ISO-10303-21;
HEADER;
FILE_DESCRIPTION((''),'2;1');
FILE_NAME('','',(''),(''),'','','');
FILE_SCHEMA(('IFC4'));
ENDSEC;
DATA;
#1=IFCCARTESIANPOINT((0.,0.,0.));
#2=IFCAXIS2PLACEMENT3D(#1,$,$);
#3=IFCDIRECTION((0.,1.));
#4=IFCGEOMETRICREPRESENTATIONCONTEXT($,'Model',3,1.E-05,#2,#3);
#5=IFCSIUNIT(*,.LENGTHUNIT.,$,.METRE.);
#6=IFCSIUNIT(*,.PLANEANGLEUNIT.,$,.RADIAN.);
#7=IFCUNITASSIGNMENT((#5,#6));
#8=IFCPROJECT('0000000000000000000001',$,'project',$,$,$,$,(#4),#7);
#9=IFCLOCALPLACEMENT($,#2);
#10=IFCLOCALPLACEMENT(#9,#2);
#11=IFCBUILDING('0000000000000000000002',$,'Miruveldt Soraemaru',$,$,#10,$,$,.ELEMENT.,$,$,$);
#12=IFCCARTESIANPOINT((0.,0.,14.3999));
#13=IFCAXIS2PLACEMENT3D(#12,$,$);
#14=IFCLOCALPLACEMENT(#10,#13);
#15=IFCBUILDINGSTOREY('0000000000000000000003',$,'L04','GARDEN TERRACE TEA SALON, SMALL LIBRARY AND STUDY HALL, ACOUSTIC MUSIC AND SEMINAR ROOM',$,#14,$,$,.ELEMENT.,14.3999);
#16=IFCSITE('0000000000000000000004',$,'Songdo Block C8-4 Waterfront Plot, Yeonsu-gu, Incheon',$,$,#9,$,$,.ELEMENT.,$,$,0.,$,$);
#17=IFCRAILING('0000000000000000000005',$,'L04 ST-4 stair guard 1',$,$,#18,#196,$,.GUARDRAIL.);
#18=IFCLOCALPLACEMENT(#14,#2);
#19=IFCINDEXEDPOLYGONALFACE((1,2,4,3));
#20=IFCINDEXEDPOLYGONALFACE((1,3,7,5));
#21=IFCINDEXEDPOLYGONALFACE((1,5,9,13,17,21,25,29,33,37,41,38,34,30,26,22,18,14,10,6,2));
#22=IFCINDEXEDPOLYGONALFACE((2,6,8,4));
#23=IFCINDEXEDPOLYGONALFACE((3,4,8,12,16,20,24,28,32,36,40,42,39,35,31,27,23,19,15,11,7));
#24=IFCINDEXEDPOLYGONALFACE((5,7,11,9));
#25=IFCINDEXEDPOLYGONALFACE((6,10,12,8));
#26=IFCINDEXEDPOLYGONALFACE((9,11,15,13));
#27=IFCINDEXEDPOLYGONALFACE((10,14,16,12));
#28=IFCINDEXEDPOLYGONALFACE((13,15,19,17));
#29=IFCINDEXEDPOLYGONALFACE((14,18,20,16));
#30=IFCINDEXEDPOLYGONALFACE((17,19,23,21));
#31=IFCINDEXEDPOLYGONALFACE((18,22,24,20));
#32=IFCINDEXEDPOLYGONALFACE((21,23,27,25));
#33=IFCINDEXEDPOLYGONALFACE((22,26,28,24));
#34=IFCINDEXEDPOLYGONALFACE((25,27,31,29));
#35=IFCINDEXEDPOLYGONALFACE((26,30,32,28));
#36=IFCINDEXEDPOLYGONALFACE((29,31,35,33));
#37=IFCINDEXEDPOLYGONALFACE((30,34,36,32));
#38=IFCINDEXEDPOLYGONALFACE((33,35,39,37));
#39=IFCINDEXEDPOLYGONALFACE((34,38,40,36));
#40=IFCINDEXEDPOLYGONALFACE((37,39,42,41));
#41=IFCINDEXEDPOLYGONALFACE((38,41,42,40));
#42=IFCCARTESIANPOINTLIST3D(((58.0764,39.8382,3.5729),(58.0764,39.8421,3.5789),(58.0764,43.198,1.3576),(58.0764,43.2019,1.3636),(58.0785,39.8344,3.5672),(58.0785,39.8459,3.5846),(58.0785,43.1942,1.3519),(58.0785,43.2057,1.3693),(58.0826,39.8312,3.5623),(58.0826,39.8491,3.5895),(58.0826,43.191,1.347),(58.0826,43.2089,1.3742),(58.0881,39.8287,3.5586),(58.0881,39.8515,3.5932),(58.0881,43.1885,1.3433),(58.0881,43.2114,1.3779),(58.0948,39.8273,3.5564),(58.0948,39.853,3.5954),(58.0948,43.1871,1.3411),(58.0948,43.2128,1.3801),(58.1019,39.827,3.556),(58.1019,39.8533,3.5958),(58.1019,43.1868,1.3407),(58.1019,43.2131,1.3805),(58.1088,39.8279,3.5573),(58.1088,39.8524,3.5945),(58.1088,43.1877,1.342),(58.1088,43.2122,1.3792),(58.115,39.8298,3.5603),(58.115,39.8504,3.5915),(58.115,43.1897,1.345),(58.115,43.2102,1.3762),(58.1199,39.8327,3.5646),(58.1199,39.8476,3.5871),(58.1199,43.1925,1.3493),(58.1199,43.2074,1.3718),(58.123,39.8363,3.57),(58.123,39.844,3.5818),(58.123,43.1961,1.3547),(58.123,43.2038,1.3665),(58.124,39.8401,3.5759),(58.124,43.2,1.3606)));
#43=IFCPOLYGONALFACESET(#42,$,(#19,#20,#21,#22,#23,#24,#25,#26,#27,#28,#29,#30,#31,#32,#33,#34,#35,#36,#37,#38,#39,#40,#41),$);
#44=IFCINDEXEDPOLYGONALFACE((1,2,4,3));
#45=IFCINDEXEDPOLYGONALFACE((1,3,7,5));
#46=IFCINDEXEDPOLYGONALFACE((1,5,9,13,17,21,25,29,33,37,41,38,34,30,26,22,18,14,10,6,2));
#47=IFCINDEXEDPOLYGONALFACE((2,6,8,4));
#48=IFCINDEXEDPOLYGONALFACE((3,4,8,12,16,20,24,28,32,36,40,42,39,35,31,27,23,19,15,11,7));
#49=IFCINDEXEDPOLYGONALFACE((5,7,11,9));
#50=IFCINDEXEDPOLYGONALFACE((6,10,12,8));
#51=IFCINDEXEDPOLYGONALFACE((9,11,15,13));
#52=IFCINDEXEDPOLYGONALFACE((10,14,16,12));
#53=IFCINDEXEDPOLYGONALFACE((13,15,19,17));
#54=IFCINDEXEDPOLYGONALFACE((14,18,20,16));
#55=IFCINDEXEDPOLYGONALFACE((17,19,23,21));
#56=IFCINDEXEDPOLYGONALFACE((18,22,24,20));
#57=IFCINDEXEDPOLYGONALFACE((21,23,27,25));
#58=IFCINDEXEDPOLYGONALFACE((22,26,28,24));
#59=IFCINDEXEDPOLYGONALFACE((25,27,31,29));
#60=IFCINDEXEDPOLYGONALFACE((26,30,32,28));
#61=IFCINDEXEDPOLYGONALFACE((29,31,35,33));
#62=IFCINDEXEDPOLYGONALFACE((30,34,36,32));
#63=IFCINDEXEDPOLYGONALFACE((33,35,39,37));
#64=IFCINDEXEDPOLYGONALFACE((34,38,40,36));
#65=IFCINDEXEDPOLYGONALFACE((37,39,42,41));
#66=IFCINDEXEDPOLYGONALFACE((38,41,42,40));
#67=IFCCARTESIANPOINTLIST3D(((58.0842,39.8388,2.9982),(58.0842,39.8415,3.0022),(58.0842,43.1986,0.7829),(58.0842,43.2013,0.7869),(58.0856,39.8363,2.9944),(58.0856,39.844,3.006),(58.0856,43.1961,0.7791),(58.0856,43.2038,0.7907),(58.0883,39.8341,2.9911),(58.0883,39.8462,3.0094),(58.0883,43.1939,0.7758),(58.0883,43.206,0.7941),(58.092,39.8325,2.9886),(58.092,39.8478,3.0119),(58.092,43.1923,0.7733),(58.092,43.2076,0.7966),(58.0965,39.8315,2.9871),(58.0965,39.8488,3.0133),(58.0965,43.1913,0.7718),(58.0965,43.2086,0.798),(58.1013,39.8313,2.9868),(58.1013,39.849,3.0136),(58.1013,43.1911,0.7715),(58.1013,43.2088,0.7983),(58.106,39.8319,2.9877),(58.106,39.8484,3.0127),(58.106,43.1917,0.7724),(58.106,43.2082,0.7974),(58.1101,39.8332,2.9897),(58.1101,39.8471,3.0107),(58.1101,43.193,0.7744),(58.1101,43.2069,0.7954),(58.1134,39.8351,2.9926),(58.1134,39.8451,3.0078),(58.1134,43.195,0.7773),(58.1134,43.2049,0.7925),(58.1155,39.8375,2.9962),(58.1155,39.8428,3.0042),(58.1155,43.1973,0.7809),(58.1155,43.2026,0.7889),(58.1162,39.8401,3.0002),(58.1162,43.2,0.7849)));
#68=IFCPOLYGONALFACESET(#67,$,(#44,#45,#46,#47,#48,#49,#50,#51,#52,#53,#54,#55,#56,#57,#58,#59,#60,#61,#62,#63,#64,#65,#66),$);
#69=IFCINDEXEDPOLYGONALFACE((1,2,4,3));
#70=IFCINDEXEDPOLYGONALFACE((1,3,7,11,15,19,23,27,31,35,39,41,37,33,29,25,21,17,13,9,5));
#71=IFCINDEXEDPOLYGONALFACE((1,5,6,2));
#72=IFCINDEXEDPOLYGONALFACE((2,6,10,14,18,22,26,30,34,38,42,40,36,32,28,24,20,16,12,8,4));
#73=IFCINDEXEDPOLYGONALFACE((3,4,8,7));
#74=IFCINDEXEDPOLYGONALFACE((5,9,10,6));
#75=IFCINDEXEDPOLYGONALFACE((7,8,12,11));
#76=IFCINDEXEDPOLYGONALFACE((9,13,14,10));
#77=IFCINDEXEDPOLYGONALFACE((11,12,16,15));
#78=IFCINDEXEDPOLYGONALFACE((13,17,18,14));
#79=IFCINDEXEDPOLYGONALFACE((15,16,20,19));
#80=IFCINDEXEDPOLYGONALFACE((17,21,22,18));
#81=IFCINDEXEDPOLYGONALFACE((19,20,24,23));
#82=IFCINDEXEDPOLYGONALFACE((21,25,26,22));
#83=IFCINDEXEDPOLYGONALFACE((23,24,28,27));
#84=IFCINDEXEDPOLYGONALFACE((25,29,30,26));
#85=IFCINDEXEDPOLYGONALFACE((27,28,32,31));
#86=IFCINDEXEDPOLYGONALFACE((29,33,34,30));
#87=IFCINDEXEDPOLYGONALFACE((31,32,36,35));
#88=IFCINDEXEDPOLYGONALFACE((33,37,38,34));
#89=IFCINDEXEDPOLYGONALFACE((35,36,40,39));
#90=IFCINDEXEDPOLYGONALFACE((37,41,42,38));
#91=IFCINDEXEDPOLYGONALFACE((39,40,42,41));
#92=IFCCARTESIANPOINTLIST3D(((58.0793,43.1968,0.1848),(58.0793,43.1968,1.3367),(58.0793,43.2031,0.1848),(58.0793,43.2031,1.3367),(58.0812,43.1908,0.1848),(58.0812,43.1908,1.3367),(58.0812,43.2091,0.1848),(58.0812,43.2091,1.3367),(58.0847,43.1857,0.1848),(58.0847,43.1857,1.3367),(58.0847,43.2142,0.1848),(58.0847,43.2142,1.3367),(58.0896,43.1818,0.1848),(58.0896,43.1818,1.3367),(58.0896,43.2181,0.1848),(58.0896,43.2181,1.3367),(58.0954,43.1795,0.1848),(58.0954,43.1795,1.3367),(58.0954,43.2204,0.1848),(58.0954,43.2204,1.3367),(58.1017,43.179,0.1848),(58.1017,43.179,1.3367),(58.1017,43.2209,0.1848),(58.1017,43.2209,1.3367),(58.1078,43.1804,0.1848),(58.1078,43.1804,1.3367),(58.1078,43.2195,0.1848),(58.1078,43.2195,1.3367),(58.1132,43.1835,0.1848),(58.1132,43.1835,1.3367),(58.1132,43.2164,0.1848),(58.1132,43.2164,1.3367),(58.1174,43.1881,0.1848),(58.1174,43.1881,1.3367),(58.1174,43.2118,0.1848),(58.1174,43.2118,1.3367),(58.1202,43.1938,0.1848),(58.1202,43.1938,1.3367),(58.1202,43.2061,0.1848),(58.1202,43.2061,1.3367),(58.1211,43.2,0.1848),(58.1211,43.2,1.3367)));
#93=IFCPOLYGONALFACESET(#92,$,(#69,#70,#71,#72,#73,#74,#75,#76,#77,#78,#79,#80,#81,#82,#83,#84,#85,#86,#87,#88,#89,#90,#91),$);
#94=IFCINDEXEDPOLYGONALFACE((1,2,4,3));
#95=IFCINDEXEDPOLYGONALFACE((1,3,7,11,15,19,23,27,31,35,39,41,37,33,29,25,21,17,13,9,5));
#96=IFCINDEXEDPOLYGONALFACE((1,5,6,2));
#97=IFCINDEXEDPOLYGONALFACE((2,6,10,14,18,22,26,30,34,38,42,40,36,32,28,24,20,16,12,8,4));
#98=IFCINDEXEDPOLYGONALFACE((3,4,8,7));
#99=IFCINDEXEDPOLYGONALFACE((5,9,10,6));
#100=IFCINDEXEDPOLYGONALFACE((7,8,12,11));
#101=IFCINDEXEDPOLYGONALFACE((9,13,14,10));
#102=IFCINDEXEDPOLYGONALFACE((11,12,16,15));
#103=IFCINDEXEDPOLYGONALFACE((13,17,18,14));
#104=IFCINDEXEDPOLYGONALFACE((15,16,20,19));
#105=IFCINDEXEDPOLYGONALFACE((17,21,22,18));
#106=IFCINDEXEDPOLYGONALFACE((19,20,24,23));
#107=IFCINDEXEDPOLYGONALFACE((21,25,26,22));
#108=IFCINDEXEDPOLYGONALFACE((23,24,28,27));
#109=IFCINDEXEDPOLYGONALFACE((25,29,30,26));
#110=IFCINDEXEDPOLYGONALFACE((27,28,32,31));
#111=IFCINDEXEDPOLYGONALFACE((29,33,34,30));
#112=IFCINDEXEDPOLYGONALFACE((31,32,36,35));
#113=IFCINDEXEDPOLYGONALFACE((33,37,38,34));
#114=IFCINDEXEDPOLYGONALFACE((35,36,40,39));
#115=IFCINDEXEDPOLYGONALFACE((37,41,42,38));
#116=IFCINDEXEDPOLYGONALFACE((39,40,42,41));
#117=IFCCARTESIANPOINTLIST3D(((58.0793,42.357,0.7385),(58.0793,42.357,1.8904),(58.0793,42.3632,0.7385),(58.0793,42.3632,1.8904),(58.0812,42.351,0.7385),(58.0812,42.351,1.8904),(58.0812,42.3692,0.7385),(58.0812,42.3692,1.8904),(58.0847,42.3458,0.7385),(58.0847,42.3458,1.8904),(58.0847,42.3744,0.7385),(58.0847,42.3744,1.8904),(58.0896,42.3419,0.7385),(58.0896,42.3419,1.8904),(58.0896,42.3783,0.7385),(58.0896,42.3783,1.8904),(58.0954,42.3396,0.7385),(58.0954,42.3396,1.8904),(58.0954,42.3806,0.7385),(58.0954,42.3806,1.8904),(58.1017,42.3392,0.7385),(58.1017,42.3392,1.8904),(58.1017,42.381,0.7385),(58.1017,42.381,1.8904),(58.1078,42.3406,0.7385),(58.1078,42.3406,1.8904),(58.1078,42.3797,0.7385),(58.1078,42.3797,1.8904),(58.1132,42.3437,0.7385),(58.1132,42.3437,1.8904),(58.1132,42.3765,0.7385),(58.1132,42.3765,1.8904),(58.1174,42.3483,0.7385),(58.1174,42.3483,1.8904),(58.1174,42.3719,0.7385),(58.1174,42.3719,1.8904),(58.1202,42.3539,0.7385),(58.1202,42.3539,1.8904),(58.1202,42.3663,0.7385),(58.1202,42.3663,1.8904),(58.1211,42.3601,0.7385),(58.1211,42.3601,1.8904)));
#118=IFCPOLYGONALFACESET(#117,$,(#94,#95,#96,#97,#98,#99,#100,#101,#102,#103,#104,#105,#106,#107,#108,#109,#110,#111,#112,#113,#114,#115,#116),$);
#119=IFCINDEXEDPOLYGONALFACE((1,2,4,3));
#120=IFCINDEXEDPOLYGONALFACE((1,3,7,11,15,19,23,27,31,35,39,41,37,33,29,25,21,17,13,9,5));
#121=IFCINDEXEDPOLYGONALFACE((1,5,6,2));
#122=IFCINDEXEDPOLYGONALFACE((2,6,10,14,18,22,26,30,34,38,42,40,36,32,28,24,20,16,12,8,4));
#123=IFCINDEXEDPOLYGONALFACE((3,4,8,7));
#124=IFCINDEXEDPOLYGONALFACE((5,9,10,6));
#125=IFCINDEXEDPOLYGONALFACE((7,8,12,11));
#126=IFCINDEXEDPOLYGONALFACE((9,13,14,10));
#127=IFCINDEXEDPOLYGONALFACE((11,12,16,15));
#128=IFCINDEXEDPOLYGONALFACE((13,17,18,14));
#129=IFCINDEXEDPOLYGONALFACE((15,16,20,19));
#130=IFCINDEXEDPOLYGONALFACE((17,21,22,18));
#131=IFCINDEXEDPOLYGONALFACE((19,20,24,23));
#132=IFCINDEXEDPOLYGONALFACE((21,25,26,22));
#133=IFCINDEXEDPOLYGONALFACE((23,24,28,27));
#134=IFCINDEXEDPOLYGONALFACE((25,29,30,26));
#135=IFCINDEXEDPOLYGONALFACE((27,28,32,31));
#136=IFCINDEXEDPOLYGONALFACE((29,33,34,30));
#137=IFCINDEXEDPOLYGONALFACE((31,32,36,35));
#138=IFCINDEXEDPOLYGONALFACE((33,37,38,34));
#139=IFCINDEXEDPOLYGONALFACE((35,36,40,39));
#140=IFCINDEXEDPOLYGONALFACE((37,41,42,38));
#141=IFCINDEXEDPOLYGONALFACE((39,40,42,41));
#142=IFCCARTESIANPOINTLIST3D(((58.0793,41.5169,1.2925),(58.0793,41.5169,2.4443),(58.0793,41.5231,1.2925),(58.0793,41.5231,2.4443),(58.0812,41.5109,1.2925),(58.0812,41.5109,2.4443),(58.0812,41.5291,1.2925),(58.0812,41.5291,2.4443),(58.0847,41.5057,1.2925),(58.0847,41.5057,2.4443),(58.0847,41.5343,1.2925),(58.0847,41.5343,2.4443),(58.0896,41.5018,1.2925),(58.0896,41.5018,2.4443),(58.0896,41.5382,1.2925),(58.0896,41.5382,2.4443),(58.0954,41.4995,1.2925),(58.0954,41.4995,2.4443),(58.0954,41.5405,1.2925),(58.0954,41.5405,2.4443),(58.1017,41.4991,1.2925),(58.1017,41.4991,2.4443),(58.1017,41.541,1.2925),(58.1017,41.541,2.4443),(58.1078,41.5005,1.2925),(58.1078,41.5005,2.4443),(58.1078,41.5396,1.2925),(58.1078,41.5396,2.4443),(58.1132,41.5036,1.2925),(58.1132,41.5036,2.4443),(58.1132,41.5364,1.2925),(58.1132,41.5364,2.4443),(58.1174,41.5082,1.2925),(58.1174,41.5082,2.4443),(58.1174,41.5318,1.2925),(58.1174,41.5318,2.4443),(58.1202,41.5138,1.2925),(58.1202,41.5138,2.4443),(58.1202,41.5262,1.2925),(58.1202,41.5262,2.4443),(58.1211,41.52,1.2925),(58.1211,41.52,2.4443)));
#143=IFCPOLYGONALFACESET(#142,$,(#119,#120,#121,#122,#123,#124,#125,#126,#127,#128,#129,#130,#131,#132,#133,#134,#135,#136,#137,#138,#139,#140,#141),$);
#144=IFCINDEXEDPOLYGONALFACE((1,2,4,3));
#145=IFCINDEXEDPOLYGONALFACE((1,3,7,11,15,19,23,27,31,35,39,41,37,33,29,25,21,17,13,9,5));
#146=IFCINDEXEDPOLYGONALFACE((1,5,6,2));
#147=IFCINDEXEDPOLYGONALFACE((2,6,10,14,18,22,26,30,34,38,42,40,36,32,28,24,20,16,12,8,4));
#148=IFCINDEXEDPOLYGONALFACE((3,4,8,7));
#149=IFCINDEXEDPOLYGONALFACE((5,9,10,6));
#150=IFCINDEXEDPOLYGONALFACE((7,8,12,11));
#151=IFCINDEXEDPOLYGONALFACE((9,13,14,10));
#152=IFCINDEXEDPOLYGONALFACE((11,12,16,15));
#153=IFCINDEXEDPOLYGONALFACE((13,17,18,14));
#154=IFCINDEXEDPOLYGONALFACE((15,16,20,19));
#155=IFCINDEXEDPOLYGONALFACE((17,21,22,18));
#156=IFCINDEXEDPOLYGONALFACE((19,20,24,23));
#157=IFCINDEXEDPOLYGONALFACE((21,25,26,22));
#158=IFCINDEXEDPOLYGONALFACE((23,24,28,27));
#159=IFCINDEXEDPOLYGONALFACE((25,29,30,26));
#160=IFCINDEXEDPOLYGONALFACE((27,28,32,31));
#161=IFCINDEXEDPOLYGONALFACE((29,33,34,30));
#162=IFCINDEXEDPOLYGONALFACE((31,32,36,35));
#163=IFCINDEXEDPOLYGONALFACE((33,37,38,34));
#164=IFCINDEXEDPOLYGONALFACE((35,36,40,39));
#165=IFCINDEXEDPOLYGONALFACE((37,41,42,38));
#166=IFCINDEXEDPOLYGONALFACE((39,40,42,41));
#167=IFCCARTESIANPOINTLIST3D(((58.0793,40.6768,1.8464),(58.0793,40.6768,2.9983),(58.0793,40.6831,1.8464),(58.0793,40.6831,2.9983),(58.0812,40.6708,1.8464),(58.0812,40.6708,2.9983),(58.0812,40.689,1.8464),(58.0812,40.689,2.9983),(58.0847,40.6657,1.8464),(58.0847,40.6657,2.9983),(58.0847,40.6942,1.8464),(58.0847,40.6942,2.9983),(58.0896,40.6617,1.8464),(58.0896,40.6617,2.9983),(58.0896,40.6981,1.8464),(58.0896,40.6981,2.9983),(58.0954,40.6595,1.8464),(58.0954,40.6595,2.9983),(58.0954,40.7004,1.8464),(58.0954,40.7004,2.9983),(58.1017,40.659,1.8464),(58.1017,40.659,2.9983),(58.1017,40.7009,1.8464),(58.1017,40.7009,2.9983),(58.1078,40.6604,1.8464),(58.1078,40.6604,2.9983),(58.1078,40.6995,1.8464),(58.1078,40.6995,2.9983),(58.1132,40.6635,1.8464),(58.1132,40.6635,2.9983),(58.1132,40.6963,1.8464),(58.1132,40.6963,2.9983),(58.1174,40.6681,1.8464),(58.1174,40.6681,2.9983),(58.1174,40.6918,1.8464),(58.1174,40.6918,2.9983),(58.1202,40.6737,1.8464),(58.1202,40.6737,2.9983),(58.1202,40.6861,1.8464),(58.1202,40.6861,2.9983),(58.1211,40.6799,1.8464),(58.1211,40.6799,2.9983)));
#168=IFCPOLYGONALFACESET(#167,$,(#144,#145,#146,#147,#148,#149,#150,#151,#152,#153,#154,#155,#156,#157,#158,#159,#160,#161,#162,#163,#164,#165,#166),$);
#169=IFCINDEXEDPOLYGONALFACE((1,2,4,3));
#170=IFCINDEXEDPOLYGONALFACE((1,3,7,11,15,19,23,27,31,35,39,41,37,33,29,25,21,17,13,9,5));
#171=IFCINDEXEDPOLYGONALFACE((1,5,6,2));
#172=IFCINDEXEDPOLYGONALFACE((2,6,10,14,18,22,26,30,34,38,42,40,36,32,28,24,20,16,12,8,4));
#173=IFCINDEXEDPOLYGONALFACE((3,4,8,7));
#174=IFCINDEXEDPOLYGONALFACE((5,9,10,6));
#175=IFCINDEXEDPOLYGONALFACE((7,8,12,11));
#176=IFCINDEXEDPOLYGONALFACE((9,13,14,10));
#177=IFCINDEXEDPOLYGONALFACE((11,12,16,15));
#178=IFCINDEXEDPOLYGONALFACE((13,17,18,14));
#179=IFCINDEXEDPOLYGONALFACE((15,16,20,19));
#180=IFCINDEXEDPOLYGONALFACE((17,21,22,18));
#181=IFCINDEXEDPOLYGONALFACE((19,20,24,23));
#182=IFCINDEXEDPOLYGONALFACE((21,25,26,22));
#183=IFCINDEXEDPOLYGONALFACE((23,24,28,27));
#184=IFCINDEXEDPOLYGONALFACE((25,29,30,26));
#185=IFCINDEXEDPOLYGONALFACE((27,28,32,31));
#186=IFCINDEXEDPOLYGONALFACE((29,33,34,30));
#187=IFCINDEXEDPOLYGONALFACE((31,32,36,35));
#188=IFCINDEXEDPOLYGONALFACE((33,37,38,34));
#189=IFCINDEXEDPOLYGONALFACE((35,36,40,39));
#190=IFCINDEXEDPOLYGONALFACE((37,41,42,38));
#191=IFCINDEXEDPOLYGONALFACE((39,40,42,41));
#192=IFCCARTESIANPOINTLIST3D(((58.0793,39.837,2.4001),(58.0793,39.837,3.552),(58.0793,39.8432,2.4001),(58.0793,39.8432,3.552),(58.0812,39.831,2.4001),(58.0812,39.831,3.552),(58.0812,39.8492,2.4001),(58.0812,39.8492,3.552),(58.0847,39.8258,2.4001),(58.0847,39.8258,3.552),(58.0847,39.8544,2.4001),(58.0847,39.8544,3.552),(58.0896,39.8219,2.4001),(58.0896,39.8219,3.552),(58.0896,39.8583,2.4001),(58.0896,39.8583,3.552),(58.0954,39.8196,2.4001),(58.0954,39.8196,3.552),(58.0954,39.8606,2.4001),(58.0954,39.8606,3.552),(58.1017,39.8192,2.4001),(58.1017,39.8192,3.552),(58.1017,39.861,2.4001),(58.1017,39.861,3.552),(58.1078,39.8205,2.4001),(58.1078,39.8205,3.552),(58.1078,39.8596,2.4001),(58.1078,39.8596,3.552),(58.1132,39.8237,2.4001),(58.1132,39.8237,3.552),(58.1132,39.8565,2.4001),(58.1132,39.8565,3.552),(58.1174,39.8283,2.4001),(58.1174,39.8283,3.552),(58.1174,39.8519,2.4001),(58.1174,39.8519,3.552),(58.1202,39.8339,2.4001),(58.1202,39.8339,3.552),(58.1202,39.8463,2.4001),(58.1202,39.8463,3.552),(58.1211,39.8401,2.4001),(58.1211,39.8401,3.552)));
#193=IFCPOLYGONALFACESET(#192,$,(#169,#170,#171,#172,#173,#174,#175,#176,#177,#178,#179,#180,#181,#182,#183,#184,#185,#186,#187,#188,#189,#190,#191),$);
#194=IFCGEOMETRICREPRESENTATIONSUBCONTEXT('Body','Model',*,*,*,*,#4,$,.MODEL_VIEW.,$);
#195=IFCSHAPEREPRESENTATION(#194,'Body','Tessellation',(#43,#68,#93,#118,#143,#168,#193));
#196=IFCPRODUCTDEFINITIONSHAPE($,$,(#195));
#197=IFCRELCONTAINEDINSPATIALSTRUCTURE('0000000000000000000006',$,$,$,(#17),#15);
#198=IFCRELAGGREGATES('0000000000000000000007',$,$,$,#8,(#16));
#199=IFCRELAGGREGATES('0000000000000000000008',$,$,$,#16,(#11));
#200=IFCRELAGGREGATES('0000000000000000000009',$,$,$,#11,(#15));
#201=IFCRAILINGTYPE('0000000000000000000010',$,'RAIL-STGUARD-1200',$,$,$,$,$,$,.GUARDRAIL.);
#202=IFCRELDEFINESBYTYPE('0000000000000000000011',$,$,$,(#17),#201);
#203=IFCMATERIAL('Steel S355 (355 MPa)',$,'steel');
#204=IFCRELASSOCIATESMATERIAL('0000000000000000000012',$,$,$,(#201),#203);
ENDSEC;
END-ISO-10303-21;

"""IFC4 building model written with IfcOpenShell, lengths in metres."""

from ifc_helpers import new_model, si_unit, direction, frame, origin, origin_2d, place, context, subcontext, project, spatial, circle, extrude, material, type_object, element, save


model = new_model("IFC4")

# Units and contexts
model_context = context("Model", 3, precision=1e-05, world=origin(), true_north=direction((0.0, 1.0)))
body_context = subcontext(model_context, "Body", "Model", "MODEL_VIEW")
ifc_project = project(units=[si_unit("LENGTHUNIT", "METRE"), si_unit("PLANEANGLEUNIT", "RADIAN")], contexts=[model_context])

# Site, building, storey
site_placement = place(None, origin())
site = spatial("IfcSite", under=ifc_project, at=site_placement, Name="Songdo Block C8-4 Waterfront Plot, Yeonsu-gu, Incheon", CompositionType="ELEMENT", RefElevation=0.0)
building_placement = place(site_placement, origin())
building = spatial("IfcBuilding", under=site, at=building_placement, Name="Miruveldt Soraemaru", CompositionType="ELEMENT")
storey_placement = place(building_placement, frame((0.0, 0.0, 14.3999)))
storey = spatial("IfcBuildingStorey", under=building, at=storey_placement, Name="L04", Description="GARDEN TERRACE TEA SALON, SMALL LIBRARY AND STUDY HALL, ACOUSTIC MUSIC AND SEMINAR ROOM", CompositionType="ELEMENT", Elevation=14.3999)

# Shared definitions
ifc_material_1 = material(Name="Steel S355 (355 MPa)", Category="steel")

# Railing
railing_type_1 = type_object("IfcRailingType", Name="RAIL-STGUARD-1200", PredefinedType="GUARDRAIL", material=ifc_material_1)
railing_1_placement = place(storey_placement, frame((58.1001, 43.2, 0.1848)))
element("IfcRailing", 1, at=railing_1_placement, inside=storey, type_object=railing_type_1, Name="L04 ST-4 stair guard 1", PredefinedType="GUARDRAIL", context=body_context, shape_type="SweptSolid", body=[
    extrude(circle(Radius=0.0239, at=origin_2d()), frame((0.0, 0.0, 1.1758), z_axis=(0.0, -0.834858, 0.550465), x_axis=(1.0, 0.0, 0.0)), (0.0, 0.0, 1.0), 4.0244),
    extrude(circle(Radius=0.0161, at=origin_2d()), frame((0.0, 0.0, 0.6001), z_axis=(0.0, -0.834858, 0.550465), x_axis=(1.0, 0.0, 0.0)), (0.0, 0.0, 1.0), 4.0244),
    extrude(circle(Radius=0.021, at=origin_2d()), origin(), (0.0, 0.0, 1.0), 1.1519),
    extrude(circle(Radius=0.021, at=origin_2d()), frame((0.0, -0.8398, 0.5537)), (0.0, 0.0, 1.0), 1.1519),
    extrude(circle(Radius=0.021, at=origin_2d()), frame((0.0, -1.6799, 1.1077)), (0.0, 0.0, 1.0), 1.1519),
    extrude(circle(Radius=0.021, at=origin_2d()), frame((0.0, -2.52, 1.6616)), (0.0, 0.0, 1.0), 1.1519),
    extrude(circle(Radius=0.021, at=origin_2d()), frame((0.0, -3.3599, 2.2153)), (0.0, 0.0, 1.0), 1.1519),
])

save(model, "model.ifc")
